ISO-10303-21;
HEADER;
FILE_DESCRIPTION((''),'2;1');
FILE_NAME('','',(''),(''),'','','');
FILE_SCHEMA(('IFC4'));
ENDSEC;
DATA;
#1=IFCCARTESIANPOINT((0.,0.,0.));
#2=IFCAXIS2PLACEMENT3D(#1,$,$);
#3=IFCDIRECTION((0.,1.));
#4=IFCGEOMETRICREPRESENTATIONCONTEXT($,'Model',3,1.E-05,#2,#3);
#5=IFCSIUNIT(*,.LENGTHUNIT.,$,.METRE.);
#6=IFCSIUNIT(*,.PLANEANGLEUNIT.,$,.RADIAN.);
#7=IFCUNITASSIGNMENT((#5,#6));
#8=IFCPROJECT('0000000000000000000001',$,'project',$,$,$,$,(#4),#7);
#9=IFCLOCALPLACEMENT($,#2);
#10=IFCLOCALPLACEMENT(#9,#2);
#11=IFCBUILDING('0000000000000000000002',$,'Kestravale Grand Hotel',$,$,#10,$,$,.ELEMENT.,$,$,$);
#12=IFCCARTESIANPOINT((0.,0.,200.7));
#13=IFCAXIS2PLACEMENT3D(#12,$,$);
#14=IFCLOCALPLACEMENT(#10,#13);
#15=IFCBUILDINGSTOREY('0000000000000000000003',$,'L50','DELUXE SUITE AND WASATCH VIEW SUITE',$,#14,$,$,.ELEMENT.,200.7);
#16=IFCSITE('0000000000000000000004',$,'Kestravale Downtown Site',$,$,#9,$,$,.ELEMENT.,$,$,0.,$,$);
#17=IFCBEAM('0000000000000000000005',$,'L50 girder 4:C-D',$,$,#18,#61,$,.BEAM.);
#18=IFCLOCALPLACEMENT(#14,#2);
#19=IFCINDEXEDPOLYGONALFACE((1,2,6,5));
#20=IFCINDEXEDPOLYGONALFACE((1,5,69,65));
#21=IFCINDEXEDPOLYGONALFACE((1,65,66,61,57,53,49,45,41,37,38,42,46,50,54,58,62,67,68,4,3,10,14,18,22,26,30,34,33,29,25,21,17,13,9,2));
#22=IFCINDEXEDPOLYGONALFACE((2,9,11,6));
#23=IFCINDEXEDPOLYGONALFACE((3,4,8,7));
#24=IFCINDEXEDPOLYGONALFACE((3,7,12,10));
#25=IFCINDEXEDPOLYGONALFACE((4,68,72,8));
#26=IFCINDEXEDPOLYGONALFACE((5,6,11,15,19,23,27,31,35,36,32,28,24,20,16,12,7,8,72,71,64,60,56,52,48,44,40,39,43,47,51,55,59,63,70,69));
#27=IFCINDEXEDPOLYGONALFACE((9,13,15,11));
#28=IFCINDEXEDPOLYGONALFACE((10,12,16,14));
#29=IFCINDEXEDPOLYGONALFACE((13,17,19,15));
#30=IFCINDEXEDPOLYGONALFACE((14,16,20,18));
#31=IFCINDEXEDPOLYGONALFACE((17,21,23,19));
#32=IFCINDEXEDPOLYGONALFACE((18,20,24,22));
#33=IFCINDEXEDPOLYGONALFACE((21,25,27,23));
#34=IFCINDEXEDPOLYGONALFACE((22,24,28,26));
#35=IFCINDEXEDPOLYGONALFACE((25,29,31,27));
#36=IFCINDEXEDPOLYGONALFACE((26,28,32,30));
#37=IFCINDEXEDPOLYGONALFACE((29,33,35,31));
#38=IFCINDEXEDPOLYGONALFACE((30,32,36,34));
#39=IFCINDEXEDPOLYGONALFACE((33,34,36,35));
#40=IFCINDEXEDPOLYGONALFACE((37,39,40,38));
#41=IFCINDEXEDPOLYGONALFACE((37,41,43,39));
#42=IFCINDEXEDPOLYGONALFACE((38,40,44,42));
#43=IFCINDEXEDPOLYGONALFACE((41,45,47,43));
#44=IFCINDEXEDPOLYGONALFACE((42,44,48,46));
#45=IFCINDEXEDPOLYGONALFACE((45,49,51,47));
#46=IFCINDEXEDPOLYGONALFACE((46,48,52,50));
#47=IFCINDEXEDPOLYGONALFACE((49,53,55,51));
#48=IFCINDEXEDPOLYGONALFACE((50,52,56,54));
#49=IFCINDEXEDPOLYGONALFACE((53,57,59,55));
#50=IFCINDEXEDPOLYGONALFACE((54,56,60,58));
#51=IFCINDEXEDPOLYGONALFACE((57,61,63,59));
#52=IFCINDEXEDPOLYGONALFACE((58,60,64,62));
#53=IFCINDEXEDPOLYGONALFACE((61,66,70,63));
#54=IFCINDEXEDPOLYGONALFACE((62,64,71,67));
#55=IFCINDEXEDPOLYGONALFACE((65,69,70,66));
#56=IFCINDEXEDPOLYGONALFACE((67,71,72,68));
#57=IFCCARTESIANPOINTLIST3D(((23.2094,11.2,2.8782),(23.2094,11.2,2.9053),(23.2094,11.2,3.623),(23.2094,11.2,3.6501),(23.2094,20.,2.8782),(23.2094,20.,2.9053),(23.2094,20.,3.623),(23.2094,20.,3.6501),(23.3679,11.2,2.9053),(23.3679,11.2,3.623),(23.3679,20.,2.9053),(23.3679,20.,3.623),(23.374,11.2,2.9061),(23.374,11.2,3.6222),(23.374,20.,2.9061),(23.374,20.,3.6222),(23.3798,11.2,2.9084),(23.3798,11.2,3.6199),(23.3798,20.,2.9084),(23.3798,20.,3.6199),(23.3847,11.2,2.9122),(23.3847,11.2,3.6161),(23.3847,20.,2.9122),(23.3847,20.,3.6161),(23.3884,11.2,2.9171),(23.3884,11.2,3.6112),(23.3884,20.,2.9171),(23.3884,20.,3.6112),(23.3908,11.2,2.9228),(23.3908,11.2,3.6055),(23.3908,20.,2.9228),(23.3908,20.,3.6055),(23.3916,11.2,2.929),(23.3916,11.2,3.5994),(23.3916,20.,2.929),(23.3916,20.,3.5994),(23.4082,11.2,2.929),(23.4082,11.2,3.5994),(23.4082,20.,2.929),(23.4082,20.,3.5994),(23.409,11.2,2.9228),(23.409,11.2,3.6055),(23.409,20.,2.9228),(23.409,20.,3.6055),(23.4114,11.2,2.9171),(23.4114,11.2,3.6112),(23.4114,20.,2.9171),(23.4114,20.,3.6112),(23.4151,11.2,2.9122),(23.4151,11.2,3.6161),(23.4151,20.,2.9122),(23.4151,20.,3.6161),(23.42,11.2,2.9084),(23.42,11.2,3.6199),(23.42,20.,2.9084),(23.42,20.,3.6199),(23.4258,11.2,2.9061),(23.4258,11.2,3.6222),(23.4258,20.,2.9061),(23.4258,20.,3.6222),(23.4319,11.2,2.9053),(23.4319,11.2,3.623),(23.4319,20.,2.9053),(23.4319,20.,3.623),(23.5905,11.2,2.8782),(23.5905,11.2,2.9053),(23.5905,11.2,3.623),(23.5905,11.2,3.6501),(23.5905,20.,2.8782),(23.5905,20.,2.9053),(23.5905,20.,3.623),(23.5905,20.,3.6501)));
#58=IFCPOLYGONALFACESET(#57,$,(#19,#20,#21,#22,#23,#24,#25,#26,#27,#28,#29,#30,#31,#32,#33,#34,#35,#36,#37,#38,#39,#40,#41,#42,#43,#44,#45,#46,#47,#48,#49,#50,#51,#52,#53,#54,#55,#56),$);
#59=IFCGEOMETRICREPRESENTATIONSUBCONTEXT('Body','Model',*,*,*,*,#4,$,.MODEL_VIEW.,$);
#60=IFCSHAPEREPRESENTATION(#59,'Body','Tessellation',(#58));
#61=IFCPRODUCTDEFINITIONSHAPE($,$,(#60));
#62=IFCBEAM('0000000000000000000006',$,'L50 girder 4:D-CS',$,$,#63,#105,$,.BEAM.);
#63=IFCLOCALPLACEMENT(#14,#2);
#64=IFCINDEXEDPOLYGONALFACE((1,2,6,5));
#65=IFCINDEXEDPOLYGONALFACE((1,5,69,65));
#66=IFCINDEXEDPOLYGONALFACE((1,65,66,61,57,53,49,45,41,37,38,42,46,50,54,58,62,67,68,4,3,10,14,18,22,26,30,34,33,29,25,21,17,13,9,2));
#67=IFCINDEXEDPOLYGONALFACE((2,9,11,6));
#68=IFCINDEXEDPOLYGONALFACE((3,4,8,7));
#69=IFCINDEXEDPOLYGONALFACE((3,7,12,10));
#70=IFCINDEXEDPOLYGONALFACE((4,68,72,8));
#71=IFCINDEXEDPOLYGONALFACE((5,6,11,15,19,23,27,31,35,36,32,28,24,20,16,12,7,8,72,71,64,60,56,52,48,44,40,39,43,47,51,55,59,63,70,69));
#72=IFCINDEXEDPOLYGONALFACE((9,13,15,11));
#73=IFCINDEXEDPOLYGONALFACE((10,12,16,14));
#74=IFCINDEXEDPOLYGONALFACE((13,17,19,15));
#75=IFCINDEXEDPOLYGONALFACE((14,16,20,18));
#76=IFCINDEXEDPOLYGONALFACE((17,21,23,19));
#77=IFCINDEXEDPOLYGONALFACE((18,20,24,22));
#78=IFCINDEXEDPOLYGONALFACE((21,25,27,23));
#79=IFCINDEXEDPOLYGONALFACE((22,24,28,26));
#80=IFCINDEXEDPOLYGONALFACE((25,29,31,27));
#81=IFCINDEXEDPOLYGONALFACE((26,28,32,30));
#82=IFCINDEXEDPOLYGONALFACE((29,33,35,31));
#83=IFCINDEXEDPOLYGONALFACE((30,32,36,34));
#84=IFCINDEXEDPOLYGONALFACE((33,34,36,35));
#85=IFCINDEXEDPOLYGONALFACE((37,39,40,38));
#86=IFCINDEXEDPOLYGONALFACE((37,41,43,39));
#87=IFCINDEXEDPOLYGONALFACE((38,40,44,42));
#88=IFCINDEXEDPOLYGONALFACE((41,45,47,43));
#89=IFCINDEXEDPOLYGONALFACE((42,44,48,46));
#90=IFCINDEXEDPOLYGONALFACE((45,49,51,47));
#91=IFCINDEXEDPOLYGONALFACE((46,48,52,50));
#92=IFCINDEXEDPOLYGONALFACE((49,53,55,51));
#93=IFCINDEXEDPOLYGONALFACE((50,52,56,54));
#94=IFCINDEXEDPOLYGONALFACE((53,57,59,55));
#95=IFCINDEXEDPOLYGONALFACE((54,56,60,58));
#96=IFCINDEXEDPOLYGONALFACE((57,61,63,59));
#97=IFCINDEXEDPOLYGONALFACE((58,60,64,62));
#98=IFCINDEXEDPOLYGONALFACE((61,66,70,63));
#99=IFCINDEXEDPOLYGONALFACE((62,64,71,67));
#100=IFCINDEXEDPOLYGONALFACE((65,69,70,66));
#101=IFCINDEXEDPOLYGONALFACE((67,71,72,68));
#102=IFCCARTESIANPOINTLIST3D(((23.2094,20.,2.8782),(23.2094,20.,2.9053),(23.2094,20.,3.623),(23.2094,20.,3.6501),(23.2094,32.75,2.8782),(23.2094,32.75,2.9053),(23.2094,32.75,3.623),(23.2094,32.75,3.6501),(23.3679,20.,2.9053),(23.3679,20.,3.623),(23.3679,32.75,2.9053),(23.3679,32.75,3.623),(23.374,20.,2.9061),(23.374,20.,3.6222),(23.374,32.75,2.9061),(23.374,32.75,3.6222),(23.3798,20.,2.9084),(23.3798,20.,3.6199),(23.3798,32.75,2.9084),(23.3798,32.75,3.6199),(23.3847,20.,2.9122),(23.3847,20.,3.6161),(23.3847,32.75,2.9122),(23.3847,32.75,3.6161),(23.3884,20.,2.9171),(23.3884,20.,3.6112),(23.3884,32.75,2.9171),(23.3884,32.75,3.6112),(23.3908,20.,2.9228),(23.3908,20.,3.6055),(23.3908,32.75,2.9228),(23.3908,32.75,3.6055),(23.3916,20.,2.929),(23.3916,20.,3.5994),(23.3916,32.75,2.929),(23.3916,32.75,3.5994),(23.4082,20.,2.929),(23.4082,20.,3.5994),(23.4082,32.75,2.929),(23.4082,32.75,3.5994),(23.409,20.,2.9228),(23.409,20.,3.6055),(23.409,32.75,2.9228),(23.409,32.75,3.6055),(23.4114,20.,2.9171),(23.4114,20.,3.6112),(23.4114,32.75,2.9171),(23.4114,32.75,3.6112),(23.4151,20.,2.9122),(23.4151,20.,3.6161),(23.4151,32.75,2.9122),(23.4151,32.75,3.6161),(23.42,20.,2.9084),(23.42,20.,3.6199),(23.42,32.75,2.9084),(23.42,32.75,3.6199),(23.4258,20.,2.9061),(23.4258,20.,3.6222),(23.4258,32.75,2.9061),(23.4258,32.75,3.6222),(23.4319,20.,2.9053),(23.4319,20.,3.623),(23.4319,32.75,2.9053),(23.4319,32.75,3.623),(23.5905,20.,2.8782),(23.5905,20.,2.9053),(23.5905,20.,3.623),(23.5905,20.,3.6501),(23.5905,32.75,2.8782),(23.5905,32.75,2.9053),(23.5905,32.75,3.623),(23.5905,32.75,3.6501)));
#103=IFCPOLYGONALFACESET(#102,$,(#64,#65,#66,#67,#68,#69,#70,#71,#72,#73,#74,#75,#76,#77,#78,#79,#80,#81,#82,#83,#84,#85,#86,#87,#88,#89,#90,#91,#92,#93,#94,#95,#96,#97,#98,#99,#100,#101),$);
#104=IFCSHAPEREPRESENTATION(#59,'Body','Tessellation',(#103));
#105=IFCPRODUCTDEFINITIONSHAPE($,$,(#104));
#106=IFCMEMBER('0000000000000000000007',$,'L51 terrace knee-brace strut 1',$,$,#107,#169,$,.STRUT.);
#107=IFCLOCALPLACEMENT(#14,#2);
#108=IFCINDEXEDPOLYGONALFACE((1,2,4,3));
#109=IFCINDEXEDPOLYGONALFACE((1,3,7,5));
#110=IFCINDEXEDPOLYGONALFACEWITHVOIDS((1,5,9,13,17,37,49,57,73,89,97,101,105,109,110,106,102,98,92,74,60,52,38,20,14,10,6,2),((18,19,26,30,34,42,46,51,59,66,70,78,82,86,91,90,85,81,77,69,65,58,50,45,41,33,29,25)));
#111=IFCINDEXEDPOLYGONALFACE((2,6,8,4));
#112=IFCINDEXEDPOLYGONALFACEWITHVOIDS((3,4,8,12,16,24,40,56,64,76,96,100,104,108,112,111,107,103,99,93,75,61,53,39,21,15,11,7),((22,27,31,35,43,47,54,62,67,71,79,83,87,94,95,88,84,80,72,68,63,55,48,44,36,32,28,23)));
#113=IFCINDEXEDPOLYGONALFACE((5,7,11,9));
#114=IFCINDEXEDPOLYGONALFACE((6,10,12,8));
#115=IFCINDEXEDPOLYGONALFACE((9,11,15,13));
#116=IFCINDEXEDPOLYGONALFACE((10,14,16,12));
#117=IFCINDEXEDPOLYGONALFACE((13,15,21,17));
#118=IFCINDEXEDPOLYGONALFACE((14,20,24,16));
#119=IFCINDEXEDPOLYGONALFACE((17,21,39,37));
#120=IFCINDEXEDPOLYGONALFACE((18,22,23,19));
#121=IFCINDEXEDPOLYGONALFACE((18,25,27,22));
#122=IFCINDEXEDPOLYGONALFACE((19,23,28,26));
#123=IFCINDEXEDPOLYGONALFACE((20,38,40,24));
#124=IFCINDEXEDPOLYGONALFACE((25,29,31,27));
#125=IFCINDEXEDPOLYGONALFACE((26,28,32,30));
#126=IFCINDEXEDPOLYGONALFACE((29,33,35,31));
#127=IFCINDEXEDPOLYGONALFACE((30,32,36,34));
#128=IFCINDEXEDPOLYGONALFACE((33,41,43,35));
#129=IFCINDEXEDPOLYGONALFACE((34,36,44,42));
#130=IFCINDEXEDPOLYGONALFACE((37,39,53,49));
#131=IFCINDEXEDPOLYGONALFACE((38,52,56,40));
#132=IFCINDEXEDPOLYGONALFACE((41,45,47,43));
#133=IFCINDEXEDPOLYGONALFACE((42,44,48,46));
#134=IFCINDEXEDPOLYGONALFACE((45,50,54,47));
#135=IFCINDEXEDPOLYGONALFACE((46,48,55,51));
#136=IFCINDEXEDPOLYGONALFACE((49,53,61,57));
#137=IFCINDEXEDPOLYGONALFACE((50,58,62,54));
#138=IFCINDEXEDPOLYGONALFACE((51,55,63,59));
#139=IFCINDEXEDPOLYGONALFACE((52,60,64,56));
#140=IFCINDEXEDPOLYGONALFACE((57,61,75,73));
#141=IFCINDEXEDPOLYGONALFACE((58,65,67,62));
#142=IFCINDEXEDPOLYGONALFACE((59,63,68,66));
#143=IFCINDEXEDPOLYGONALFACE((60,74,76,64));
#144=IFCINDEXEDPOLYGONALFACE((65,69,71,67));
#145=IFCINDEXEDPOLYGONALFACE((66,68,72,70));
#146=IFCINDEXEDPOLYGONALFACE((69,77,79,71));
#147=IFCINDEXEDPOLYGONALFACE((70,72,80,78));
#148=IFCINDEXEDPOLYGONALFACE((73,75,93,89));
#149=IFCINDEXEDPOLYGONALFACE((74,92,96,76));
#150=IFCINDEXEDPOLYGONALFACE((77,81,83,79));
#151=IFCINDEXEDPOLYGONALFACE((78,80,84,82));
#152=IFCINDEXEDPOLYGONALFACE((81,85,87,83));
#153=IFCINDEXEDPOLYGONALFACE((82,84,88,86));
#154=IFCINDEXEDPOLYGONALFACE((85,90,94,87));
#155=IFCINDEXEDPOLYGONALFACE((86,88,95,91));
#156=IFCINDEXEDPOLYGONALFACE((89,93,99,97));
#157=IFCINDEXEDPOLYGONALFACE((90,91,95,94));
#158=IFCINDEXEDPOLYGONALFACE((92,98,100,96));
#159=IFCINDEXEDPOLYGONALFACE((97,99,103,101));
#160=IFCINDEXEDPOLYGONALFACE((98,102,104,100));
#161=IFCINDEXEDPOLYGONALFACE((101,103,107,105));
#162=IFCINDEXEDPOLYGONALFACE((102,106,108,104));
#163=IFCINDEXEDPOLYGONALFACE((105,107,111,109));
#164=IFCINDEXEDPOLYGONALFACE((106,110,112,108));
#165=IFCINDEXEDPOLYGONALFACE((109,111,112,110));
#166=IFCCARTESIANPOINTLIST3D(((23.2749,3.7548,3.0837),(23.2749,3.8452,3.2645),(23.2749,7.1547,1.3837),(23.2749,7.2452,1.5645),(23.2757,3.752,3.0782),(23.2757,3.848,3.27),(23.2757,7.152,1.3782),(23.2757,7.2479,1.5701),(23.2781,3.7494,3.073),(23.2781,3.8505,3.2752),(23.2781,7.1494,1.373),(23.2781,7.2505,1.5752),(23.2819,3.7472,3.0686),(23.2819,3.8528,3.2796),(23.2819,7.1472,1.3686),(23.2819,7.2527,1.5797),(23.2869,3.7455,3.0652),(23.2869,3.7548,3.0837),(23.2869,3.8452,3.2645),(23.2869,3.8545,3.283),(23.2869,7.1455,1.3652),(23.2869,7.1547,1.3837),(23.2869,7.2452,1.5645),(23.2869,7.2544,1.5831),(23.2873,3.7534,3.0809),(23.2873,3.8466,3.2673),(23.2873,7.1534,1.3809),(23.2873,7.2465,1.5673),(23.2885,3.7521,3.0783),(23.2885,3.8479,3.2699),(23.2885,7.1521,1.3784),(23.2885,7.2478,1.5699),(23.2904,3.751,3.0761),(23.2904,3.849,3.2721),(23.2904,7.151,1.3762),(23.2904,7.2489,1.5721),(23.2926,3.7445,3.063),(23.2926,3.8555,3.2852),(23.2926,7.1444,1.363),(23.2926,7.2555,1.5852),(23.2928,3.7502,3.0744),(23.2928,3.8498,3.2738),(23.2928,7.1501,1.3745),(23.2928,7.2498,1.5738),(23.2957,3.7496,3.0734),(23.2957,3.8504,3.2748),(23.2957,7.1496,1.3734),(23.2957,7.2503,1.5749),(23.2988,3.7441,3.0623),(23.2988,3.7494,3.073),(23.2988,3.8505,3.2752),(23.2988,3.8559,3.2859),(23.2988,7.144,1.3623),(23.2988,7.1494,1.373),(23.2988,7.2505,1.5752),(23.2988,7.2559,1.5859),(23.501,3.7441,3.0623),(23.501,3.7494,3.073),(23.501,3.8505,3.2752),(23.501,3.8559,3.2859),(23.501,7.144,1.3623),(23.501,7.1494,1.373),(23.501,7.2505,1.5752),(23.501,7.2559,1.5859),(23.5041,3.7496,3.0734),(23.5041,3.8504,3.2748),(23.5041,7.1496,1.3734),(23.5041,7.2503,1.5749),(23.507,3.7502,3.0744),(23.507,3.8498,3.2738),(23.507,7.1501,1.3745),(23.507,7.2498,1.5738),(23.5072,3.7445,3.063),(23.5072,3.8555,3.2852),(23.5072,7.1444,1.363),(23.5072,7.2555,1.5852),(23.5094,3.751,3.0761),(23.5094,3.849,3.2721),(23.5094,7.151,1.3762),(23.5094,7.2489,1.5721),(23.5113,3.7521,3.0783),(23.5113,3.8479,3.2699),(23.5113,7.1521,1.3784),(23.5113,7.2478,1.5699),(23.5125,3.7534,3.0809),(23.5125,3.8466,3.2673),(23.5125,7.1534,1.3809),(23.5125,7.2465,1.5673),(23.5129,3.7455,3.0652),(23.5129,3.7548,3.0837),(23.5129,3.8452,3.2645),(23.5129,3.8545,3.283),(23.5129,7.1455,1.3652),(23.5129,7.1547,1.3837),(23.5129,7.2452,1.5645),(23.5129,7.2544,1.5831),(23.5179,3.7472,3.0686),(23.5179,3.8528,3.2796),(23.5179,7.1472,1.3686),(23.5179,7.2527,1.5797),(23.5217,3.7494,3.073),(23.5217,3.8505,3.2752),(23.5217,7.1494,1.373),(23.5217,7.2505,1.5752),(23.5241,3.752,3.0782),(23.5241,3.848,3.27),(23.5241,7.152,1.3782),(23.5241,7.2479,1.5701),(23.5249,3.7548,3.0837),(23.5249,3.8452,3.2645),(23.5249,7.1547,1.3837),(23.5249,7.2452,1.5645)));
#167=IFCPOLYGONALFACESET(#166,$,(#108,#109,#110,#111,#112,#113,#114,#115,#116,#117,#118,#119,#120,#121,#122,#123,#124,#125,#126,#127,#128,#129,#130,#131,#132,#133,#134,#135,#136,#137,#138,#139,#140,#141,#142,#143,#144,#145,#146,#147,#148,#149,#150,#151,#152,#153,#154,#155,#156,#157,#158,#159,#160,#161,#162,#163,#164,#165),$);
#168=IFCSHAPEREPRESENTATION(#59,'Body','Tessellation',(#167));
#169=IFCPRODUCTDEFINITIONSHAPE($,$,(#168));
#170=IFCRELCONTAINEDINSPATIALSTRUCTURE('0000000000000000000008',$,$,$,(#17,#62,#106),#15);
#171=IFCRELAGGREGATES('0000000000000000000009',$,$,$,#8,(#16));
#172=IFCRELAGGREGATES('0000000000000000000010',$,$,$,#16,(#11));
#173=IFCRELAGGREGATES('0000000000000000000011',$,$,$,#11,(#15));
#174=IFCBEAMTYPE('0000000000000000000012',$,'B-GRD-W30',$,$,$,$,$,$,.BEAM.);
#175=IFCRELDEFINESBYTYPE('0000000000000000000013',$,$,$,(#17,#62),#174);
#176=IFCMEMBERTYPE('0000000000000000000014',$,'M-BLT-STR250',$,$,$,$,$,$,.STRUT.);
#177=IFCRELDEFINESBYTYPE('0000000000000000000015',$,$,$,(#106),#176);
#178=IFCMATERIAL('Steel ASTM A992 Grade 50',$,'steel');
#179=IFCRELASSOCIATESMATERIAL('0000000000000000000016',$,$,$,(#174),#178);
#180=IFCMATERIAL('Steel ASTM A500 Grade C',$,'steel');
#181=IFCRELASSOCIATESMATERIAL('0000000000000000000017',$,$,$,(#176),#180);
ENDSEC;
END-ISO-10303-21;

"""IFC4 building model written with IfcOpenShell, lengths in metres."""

from ifc_helpers import new_model, si_unit, direction, frame, origin, origin_2d, place, context, subcontext, project, spatial, hollow_rectangle, i_section, extrude, material, material_profile, profile_set, type_object, element, save


model = new_model("IFC4")

# Units and contexts
model_context = context("Model", 3, precision=1e-05, world=origin(), true_north=direction((0.0, 1.0)))
body_context = subcontext(model_context, "Body", "Model", "MODEL_VIEW")
ifc_project = project(units=[si_unit("LENGTHUNIT", "METRE"), si_unit("PLANEANGLEUNIT", "RADIAN")], contexts=[model_context])

# Site, building, storey
site_placement = place(None, origin())
site = spatial("IfcSite", under=ifc_project, at=site_placement, Name="Kestravale Downtown Site", CompositionType="ELEMENT", RefElevation=0.0)
building_placement = place(site_placement, origin())
building = spatial("IfcBuilding", under=site, at=building_placement, Name="Kestravale Grand Hotel", CompositionType="ELEMENT")
storey_placement = place(building_placement, frame((0.0, 0.0, 200.7)))
storey = spatial("IfcBuildingStorey", under=building, at=storey_placement, Name="L50", Description="DELUXE SUITE AND WASATCH VIEW SUITE", CompositionType="ELEMENT", Elevation=200.7)

# Beams
ifc_material_1 = material(Name="Steel ASTM A992 Grade 50", Category="steel")
ifc_material_profile_1 = material_profile(ifc_material_1, i_section(OverallWidth=0.3811, OverallDepth=0.772, WebThickness=0.0166, FlangeThickness=0.0271, FilletRadius=0.0237, at=origin_2d()))
ifc_profile_set_1 = profile_set([ifc_material_profile_1], Name="Steel ASTM A992 Grade 50")
beam_type_1 = type_object("IfcBeamType", Name="B-GRD-W30", PredefinedType="BEAM", material=ifc_profile_set_1)
beam_1_placement = place(storey_placement, frame((23.3999, 11.2, 3.2642), z_axis=(0.0, 1.0, 0.0), x_axis=(-1.0, 0.0, 0.0)))
element("IfcBeam", 1, at=beam_1_placement, inside=storey, type_object=beam_type_1, Name="L50 girder 4:C-D", PredefinedType="BEAM", context=body_context, shape_type="SweptSolid", body=[
    extrude(i_section(OverallWidth=0.3811, OverallDepth=0.772, WebThickness=0.0166, FlangeThickness=0.0271, FilletRadius=0.0237, at=origin_2d()), origin(), (0.0, 0.0, 1.0), 8.8),
])
beam_2_placement = place(storey_placement, frame((23.3999, 20.0, 3.2642), z_axis=(0.0, 1.0, 0.0), x_axis=(-1.0, 0.0, 0.0)))
element("IfcBeam", 2, at=beam_2_placement, inside=storey, type_object=beam_type_1, Name="L50 girder 4:D-CS", PredefinedType="BEAM", context=body_context, shape_type="SweptSolid", body=[
    extrude(i_section(OverallWidth=0.3811, OverallDepth=0.772, WebThickness=0.0166, FlangeThickness=0.0271, FilletRadius=0.0237, at=origin_2d()), origin(), (0.0, 0.0, 1.0), 12.75),
])

# Member
ifc_material_2 = material(Name="Steel ASTM A500 Grade C", Category="steel")
ifc_material_profile_2 = material_profile(ifc_material_2, hollow_rectangle(XDim=0.25, YDim=0.25, WallThickness=0.012, InnerFilletRadius=0.012, OuterFilletRadius=0.0239, at=origin_2d()))
ifc_profile_set_2 = profile_set([ifc_material_profile_2], Name="Steel ASTM A500 Grade C")
member_type = type_object("IfcMemberType", Name="M-BLT-STR250", PredefinedType="STRUT", material=ifc_profile_set_2)
member_placement = place(storey_placement, frame((23.3999, 7.2, 1.4741), z_axis=(0.0, -0.894427, 0.447214), x_axis=(1.0, 0.0, 0.0)))
element("IfcMember", 3, at=member_placement, inside=storey, type_object=member_type, Name="L51 terrace knee-brace strut 1", PredefinedType="STRUT", context=body_context, shape_type="SweptSolid", body=[
    extrude(hollow_rectangle(XDim=0.25, YDim=0.25, WallThickness=0.012, InnerFilletRadius=0.012, OuterFilletRadius=0.0239, at=origin_2d()), origin(), (0.0, 0.0, 1.0), 3.8013),
])

save(model, "model.ifc")
